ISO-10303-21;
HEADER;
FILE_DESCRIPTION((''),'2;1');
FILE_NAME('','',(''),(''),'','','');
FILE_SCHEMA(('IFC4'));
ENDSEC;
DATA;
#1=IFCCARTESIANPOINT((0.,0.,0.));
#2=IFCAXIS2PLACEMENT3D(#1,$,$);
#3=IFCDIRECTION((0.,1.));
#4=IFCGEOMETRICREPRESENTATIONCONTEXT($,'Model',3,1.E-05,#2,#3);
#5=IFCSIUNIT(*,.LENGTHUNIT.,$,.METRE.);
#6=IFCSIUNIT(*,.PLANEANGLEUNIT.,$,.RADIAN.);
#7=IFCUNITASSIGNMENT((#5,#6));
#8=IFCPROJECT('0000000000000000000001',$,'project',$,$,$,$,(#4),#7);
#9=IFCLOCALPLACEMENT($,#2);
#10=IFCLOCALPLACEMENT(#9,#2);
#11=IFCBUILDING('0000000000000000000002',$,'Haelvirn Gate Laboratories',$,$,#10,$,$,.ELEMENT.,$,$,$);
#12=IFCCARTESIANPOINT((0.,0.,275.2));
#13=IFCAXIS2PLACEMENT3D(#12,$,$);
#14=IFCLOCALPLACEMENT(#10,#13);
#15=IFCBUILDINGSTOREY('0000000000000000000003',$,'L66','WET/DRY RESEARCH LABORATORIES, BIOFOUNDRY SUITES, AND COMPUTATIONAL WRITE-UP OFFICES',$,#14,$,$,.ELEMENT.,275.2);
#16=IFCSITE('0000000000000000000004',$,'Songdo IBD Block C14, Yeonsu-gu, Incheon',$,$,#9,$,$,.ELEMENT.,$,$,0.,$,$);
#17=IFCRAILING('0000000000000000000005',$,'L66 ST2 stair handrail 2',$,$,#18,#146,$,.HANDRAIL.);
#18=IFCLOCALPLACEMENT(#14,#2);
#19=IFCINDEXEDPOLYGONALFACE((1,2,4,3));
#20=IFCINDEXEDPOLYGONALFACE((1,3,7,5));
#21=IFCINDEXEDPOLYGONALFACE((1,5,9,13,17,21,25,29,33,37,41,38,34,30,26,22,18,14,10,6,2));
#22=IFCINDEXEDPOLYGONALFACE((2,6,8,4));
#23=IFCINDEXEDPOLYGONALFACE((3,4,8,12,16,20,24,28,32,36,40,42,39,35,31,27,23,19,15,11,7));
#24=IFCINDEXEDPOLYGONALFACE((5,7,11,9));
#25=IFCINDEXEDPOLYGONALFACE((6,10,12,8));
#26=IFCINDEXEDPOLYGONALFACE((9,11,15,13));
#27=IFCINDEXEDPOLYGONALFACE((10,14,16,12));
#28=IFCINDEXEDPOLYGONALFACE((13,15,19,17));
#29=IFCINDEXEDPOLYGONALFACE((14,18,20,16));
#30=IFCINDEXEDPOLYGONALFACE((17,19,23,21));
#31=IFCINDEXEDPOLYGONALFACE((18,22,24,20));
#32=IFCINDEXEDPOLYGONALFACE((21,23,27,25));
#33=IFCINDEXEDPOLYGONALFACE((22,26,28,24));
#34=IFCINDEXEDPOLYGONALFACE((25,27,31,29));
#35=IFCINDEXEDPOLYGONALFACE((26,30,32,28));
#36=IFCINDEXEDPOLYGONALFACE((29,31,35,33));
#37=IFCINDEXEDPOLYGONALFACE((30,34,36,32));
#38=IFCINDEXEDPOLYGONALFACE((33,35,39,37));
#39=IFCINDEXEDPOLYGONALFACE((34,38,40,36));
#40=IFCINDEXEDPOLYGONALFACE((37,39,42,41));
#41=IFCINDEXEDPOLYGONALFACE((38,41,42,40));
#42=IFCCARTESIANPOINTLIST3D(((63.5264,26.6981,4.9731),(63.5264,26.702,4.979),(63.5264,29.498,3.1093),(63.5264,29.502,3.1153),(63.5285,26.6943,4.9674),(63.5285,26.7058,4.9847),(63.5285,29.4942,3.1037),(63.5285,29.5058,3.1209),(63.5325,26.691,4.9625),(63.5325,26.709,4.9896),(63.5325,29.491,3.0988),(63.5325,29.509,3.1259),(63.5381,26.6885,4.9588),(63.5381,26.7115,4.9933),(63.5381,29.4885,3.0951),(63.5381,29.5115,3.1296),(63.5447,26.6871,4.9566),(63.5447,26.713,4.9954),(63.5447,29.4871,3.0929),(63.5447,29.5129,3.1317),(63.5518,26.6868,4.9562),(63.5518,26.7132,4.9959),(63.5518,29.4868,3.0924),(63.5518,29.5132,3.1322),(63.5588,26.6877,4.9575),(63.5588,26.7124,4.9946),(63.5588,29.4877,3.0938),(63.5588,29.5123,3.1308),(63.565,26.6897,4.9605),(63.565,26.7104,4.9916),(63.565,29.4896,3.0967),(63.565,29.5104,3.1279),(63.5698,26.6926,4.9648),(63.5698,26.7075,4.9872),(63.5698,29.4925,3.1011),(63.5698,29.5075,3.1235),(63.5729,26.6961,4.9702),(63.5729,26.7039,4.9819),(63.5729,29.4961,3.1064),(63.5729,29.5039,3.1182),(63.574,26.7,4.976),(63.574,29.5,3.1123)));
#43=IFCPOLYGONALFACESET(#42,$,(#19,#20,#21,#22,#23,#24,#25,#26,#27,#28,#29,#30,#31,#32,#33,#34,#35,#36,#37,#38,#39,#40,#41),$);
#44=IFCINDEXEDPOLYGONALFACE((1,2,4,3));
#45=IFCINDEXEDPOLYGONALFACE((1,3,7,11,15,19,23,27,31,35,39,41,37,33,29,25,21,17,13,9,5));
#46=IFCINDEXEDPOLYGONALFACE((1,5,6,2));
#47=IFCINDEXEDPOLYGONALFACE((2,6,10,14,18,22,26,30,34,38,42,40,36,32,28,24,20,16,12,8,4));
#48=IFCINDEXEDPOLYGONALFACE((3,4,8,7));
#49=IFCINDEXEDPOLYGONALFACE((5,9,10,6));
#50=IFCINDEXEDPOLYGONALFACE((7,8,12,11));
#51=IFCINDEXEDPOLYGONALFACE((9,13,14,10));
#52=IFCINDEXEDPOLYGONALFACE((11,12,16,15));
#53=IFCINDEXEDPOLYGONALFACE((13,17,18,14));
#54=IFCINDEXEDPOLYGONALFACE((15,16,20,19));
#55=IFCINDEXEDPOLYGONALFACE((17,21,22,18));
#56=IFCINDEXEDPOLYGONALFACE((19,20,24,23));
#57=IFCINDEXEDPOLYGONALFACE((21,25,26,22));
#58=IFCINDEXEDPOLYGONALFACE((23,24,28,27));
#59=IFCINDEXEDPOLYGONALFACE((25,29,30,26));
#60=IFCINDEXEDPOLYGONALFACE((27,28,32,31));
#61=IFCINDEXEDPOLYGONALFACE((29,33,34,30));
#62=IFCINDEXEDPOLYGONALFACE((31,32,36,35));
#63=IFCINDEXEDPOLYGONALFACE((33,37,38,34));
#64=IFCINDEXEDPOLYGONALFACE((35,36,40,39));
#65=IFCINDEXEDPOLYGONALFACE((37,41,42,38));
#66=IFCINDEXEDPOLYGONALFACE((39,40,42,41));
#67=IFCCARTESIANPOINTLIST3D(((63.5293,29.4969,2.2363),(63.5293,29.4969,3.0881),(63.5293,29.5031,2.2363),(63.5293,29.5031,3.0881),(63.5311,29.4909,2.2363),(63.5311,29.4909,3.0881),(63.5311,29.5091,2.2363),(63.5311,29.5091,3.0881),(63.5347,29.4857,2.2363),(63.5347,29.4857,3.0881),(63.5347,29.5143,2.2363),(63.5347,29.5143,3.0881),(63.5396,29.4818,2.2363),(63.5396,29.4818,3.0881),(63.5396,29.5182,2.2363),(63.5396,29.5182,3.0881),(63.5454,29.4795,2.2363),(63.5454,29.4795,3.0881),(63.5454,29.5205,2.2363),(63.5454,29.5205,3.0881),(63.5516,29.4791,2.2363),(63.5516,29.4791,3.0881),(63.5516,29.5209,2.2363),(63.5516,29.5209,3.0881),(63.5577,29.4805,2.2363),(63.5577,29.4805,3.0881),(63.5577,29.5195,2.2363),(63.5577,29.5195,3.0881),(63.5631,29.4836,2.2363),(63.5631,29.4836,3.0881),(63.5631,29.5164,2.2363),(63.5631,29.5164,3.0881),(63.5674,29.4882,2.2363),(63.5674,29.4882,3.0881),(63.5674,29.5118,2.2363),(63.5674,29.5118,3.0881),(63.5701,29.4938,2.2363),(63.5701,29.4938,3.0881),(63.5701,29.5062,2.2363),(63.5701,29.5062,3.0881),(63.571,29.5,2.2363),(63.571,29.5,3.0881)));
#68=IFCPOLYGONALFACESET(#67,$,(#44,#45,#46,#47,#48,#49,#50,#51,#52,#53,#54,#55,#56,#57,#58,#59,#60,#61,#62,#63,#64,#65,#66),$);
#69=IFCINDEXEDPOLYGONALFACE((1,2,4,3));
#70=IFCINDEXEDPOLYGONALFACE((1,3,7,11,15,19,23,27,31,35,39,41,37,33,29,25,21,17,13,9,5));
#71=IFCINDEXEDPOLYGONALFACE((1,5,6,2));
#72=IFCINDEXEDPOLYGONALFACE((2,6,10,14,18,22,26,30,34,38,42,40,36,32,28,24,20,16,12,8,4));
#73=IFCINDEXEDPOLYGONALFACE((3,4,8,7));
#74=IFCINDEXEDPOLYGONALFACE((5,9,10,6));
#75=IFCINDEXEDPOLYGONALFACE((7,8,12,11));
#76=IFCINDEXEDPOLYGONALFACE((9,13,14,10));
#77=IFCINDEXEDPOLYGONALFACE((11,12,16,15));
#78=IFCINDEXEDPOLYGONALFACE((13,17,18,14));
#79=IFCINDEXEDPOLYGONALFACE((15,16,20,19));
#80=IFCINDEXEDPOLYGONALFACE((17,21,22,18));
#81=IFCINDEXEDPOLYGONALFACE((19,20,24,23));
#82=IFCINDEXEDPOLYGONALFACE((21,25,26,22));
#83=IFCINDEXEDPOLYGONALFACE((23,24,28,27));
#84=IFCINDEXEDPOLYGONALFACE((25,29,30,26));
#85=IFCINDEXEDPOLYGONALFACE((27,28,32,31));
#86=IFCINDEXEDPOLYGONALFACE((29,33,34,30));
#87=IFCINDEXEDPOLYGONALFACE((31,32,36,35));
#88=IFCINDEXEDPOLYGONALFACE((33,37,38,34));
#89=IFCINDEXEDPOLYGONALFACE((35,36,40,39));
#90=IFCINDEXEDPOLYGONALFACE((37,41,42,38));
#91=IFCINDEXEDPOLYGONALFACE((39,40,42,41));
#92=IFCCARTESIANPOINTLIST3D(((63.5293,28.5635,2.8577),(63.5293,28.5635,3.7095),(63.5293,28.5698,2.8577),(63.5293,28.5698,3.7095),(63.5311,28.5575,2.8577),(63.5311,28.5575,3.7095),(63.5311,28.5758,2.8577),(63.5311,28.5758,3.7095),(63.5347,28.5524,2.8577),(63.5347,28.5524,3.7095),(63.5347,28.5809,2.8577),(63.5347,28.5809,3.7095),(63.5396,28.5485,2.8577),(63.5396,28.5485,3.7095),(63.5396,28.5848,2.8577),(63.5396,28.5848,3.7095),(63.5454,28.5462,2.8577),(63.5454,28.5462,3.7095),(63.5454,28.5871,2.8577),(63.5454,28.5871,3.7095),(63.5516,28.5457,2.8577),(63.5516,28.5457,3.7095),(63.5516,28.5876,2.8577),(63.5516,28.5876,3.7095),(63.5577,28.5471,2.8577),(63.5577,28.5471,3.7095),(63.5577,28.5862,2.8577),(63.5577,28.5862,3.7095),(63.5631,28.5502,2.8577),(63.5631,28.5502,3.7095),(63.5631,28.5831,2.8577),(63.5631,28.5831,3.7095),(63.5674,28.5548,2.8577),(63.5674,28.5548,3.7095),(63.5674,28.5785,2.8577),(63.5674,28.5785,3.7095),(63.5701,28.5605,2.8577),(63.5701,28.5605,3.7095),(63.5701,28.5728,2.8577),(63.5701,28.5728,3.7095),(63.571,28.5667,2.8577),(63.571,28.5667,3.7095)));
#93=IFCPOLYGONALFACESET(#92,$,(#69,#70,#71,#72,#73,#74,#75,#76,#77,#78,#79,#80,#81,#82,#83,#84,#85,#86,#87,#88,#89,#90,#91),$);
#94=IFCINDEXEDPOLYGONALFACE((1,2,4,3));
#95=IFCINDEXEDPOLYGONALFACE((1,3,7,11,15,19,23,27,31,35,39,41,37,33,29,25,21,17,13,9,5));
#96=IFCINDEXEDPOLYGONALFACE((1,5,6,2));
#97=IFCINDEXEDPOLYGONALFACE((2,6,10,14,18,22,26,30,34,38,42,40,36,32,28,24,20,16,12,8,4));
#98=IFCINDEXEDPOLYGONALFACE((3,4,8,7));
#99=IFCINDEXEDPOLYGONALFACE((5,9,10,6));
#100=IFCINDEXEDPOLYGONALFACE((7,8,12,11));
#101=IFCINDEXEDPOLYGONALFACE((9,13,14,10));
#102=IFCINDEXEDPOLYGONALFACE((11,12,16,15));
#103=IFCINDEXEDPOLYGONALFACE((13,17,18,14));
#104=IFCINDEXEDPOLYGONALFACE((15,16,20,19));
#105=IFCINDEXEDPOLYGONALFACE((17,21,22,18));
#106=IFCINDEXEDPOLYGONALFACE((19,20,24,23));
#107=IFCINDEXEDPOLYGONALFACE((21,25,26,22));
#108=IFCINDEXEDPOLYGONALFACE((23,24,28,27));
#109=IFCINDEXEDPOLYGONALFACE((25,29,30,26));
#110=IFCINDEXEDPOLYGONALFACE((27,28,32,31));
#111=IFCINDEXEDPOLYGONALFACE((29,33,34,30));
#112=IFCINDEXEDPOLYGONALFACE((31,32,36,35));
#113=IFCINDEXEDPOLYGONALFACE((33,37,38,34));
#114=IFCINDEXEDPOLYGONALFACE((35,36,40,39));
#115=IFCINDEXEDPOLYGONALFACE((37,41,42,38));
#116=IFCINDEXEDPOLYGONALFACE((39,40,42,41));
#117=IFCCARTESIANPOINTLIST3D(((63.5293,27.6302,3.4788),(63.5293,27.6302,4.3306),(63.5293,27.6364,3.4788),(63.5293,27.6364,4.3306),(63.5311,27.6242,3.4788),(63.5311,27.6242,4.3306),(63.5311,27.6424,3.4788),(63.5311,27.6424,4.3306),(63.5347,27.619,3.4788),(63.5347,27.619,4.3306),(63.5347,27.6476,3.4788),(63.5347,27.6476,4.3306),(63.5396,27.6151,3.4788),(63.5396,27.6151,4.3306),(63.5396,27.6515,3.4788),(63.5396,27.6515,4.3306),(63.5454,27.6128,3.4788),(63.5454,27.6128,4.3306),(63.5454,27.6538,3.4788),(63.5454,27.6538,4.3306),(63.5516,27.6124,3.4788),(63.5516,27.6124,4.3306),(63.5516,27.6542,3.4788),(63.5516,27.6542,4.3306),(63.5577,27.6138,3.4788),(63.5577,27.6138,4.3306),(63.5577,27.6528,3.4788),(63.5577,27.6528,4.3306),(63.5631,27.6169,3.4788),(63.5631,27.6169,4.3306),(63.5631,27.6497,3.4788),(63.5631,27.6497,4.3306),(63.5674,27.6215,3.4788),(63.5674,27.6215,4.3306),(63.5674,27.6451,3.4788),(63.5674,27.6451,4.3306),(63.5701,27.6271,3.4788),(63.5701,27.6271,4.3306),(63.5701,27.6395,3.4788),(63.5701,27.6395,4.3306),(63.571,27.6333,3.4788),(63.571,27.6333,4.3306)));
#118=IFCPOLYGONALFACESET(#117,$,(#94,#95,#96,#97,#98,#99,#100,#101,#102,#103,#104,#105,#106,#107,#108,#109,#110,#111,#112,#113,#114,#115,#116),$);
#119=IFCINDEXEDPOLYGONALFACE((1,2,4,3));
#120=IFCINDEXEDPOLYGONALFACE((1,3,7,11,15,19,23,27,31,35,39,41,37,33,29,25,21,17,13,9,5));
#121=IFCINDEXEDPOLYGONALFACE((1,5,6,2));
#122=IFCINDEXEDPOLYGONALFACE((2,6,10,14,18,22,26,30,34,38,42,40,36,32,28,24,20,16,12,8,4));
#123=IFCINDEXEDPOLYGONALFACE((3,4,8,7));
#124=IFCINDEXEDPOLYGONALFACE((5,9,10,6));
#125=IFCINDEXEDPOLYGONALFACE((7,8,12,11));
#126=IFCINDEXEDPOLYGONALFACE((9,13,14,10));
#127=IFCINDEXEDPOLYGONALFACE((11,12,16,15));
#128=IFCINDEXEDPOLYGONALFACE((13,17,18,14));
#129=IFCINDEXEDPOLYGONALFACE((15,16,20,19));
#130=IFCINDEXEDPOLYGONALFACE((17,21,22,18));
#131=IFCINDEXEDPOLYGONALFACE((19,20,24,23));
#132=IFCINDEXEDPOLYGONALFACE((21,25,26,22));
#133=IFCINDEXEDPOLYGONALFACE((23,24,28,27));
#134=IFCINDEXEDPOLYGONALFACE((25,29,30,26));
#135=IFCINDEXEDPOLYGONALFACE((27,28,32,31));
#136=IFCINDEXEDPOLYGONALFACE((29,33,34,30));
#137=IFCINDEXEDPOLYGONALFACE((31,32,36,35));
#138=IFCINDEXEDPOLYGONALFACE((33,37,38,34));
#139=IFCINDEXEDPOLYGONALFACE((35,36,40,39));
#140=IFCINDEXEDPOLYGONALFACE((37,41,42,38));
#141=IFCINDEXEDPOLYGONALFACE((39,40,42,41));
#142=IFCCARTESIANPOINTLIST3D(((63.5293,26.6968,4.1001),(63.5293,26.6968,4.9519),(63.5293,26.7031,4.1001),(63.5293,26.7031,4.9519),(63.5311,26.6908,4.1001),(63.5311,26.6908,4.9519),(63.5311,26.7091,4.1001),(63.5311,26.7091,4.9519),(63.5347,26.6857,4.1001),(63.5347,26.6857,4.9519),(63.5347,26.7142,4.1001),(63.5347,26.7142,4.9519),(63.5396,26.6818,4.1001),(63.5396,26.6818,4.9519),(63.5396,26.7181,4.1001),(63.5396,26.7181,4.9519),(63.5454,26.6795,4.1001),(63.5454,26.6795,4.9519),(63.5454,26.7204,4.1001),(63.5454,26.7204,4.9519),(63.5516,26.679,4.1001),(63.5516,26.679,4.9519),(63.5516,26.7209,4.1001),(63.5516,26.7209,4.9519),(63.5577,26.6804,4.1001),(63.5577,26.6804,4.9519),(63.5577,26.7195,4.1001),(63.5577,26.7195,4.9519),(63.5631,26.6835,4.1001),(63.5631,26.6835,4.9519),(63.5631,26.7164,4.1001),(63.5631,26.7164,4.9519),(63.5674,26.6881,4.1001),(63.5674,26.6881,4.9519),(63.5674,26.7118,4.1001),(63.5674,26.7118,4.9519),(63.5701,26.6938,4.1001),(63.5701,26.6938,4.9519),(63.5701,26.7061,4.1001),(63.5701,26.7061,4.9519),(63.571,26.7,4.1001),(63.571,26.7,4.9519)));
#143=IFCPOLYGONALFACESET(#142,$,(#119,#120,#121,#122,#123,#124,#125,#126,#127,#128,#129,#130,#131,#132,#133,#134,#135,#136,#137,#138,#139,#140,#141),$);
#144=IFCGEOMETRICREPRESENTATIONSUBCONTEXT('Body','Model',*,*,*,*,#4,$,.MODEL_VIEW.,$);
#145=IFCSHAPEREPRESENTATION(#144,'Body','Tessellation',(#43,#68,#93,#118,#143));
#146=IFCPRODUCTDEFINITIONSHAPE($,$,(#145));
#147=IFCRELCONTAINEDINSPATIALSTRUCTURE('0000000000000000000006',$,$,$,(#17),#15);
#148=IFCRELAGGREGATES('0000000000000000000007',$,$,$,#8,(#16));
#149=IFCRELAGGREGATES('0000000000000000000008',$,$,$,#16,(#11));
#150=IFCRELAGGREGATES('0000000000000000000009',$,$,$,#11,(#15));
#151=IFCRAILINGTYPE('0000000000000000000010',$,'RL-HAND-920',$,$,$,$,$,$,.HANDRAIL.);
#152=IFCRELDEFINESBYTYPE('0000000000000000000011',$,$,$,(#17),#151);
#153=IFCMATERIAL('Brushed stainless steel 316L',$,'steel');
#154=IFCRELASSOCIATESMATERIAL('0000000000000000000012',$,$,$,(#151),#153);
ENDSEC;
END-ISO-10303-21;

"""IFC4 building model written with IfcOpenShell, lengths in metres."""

from ifc_helpers import new_model, si_unit, direction, frame, origin, origin_2d, place, context, subcontext, project, spatial, circle, extrude, source, transform, mapped, material, type_object, element, save


model = new_model("IFC4")

# Units and contexts
model_context = context("Model", 3, precision=1e-05, world=origin(), true_north=direction((0.0, 1.0)))
body_context = subcontext(model_context, "Body", "Model", "MODEL_VIEW")
ifc_project = project(units=[si_unit("LENGTHUNIT", "METRE"), si_unit("PLANEANGLEUNIT", "RADIAN")], contexts=[model_context])

# Site, building, storey
site_placement = place(None, origin())
site = spatial("IfcSite", under=ifc_project, at=site_placement, Name="Songdo IBD Block C14, Yeonsu-gu, Incheon", CompositionType="ELEMENT", RefElevation=0.0)
building_placement = place(site_placement, origin())
building = spatial("IfcBuilding", under=site, at=building_placement, Name="Haelvirn Gate Laboratories", CompositionType="ELEMENT")
storey_placement = place(building_placement, frame((0.0, 0.0, 275.2)))
storey = spatial("IfcBuildingStorey", under=building, at=storey_placement, Name="L66", Description="WET/DRY RESEARCH LABORATORIES, BIOFOUNDRY SUITES, AND COMPUTATIONAL WRITE-UP OFFICES", CompositionType="ELEMENT", Elevation=275.2)

# Railing
ifc_material_1 = material(Name="Brushed stainless steel 316L", Category="steel")
railing_type_1 = type_object("IfcRailingType", Name="RL-HAND-920", PredefinedType="HANDRAIL", material=ifc_material_1)
shared_shape_1 = source(origin(), body_context, "Body", "SweptSolid", [
    extrude(circle(Radius=0.0239, at=origin_2d()), frame((0.0, 0.0, 0.876), z_axis=(0.0, -0.832452, 0.554097), x_axis=(1.0, 0.0, 0.0)), (0.0, 0.0, 1.0), 3.3635),
    extrude(circle(Radius=0.021, at=origin_2d()), origin(), (0.0, 0.0, 1.0), 0.8518),
    extrude(circle(Radius=0.021, at=origin_2d()), frame((0.0, -0.9333, 0.6213)), (0.0, 0.0, 1.0), 0.8518),
    extrude(circle(Radius=0.021, at=origin_2d()), frame((0.0, -1.8667, 1.2424)), (0.0, 0.0, 1.0), 0.8518),
    extrude(circle(Radius=0.021, at=origin_2d()), frame((0.0, -2.8, 1.8638)), (0.0, 0.0, 1.0), 0.8518),
])
railing_1_placement = place(storey_placement, frame((63.55, 29.5, 2.2363)))
element("IfcRailing", 1, at=railing_1_placement, inside=storey, type_object=railing_type_1, Name="L66 ST2 stair handrail 2", PredefinedType="HANDRAIL", context=body_context, shape_type="MappedRepresentation", body=[
    mapped(shared_shape_1, transform((0.0, 0.0, 0.0), scale=1.0)),
])

save(model, "model.ifc")
